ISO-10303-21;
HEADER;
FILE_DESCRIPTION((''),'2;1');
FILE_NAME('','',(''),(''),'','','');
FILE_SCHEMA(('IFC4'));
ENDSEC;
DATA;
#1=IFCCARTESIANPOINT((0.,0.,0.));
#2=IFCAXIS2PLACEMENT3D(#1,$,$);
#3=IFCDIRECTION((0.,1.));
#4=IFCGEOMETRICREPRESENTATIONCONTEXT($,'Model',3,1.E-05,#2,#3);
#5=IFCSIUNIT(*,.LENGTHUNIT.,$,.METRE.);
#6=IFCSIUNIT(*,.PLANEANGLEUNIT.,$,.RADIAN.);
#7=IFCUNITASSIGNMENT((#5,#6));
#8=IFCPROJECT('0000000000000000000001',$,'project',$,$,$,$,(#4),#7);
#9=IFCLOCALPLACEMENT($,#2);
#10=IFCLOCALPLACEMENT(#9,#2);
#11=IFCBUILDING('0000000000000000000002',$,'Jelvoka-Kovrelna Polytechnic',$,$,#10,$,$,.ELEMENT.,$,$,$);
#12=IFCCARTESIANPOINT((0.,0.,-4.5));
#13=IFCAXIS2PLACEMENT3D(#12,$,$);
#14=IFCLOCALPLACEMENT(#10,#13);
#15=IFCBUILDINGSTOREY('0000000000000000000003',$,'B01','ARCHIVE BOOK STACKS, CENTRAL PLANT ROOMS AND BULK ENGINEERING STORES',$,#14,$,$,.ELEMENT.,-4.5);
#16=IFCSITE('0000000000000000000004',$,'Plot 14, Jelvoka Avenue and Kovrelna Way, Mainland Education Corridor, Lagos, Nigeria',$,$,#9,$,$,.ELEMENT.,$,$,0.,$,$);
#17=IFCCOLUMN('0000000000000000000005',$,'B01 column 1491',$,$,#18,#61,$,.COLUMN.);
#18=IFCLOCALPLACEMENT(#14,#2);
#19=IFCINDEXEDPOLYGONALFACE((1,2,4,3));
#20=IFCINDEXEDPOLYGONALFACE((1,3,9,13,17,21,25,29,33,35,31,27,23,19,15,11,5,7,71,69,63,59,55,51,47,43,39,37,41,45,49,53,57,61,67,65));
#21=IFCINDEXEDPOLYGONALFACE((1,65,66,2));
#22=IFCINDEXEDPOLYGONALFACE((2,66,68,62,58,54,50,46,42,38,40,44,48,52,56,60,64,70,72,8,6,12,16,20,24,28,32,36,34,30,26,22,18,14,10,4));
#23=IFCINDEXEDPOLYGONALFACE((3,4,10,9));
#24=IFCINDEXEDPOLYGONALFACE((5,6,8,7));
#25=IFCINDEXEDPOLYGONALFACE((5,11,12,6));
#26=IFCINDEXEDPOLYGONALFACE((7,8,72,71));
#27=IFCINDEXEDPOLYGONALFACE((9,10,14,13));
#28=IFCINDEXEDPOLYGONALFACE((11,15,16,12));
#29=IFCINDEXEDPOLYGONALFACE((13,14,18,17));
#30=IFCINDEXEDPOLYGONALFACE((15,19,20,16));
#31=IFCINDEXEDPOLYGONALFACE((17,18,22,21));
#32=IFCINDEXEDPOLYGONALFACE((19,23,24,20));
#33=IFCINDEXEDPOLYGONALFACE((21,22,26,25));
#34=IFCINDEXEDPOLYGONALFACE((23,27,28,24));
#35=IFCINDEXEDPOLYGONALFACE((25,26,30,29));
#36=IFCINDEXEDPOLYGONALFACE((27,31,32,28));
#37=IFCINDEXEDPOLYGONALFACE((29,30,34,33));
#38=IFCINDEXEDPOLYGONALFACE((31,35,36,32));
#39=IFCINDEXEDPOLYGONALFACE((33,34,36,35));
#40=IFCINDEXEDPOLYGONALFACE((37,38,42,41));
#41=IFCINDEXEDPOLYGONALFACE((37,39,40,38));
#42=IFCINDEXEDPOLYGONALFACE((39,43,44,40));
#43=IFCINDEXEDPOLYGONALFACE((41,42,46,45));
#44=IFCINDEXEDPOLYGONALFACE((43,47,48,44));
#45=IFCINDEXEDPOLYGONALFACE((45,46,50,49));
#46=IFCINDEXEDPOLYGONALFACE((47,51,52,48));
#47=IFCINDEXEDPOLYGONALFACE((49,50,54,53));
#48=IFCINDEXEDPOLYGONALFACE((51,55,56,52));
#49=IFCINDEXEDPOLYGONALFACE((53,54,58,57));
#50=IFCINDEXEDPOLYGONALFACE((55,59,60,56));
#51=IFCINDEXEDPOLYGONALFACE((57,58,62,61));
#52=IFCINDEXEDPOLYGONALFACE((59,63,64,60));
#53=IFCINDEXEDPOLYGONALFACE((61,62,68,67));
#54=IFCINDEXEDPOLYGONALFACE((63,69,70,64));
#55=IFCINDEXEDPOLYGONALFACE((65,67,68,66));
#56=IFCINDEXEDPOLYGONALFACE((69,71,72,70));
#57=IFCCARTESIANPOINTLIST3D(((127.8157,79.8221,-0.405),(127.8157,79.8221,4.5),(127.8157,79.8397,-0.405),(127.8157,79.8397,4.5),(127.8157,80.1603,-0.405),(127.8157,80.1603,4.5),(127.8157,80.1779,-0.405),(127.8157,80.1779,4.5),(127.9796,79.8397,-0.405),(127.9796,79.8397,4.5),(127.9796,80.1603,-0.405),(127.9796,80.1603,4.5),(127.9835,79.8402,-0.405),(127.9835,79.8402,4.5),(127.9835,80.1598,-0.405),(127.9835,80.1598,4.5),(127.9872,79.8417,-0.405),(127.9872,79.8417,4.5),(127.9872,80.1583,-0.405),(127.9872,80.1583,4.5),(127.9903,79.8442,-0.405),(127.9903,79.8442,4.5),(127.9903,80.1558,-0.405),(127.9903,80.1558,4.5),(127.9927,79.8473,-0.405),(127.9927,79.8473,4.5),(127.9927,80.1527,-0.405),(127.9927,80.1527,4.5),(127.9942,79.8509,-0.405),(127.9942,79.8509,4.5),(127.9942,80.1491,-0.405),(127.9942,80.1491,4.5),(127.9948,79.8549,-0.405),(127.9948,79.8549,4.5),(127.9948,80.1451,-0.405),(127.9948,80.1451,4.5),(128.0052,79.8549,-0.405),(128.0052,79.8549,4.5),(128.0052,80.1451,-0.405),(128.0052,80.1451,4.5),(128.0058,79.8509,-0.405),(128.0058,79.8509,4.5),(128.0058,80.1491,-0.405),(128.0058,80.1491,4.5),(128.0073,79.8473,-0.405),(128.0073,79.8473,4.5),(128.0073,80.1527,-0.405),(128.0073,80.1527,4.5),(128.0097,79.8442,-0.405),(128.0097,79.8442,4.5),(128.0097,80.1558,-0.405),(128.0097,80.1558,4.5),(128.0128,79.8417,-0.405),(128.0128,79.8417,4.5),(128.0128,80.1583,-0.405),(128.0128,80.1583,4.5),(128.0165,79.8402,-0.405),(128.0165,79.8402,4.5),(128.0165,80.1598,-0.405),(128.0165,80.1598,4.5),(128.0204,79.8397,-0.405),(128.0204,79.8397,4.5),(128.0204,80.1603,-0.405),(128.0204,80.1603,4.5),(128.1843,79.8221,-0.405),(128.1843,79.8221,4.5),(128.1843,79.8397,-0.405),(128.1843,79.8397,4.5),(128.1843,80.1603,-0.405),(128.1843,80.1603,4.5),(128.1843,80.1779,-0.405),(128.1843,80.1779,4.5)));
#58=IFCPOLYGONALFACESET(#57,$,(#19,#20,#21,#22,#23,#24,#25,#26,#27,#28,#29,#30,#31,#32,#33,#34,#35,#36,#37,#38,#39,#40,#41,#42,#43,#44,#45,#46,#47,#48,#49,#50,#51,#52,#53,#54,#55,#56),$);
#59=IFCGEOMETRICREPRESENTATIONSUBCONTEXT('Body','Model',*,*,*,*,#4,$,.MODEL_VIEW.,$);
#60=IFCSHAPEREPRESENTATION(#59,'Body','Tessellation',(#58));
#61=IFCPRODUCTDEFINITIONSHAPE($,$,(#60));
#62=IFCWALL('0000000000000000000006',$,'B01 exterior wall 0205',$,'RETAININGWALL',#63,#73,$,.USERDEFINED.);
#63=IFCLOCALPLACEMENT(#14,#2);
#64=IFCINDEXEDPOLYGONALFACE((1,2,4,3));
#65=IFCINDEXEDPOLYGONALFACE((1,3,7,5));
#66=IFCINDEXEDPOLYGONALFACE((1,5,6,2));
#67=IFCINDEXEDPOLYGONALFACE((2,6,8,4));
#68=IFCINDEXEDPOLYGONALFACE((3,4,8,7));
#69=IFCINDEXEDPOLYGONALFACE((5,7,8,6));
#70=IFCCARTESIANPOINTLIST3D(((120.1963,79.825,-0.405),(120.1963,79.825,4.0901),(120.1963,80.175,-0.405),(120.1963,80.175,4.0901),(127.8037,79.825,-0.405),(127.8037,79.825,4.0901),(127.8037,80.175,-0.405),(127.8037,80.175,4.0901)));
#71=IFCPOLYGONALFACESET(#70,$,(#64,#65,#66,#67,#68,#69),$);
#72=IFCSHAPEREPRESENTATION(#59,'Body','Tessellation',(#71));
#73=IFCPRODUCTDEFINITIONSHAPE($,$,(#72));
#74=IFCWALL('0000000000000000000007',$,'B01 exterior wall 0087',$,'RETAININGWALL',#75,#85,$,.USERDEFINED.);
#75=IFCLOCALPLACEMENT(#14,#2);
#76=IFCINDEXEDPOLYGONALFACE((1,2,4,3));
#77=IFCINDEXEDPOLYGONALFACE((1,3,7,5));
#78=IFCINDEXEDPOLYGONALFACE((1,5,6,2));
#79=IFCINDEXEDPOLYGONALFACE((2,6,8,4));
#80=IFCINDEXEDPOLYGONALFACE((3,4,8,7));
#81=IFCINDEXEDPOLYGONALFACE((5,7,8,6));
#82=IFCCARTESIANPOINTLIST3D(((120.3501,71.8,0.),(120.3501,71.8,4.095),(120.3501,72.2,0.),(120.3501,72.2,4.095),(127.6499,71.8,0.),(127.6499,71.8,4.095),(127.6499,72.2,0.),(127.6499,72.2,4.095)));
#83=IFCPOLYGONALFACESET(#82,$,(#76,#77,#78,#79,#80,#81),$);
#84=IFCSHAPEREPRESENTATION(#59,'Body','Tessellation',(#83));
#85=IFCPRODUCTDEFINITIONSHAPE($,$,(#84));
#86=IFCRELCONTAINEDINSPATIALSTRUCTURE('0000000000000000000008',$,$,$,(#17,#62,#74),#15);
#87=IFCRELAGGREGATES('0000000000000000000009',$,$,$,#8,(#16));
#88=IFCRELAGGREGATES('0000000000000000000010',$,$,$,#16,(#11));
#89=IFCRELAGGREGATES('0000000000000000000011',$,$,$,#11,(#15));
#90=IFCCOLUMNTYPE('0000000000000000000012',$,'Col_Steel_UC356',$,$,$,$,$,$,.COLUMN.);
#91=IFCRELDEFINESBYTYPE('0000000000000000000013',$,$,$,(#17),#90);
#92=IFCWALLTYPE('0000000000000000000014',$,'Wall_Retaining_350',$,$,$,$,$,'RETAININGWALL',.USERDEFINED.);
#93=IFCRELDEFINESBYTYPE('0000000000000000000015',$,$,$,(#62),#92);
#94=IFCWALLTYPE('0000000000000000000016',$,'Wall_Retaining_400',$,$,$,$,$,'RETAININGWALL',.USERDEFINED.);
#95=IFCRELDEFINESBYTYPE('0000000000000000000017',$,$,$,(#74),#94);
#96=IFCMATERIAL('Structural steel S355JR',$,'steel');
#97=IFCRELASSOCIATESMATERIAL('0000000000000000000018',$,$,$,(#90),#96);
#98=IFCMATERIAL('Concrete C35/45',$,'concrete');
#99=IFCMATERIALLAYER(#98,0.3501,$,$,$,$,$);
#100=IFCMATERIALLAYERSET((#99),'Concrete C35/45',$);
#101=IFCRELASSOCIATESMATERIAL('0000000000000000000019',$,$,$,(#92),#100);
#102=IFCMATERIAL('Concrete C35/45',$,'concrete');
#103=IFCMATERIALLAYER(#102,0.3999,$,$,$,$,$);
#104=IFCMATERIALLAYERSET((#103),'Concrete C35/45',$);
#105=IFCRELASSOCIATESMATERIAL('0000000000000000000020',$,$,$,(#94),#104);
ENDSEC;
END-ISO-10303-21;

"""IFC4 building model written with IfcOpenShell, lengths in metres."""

from ifc_helpers import new_model, si_unit, direction, frame, frame_2d, origin, origin_2d, place, context, subcontext, project, spatial, rectangle, i_section, extrude, material, layer, layer_set, material_profile, profile_set, type_object, element, save


model = new_model("IFC4")

# Units and contexts
model_context = context("Model", 3, precision=1e-05, world=origin(), true_north=direction((0.0, 1.0)))
body_context = subcontext(model_context, "Body", "Model", "MODEL_VIEW")
ifc_project = project(units=[si_unit("LENGTHUNIT", "METRE"), si_unit("PLANEANGLEUNIT", "RADIAN")], contexts=[model_context])

# Site, building, storey
site_placement = place(None, origin())
site = spatial("IfcSite", under=ifc_project, at=site_placement, Name="Plot 14, Jelvoka Avenue and Kovrelna Way, Mainland Education Corridor, Lagos, Nigeria", CompositionType="ELEMENT", RefElevation=0.0)
building_placement = place(site_placement, origin())
building = spatial("IfcBuilding", under=site, at=building_placement, Name="Jelvoka-Kovrelna Polytechnic", CompositionType="ELEMENT")
storey_placement = place(building_placement, frame((0.0, 0.0, -4.5)))
storey = spatial("IfcBuildingStorey", under=building, at=storey_placement, Name="B01", Description="ARCHIVE BOOK STACKS, CENTRAL PLANT ROOMS AND BULK ENGINEERING STORES", CompositionType="ELEMENT", Elevation=-4.5)

# Column
ifc_material_1 = material(Name="Structural steel S355JR", Category="steel")
ifc_material_profile_1 = material_profile(ifc_material_1, i_section(OverallWidth=0.3687, OverallDepth=0.3557, WebThickness=0.0105, FlangeThickness=0.0176, FilletRadius=0.0151, at=origin_2d()), Name="356x368x129 UC")
ifc_profile_set_1 = profile_set([ifc_material_profile_1], Name="Structural steel S355JR")
column_type_1 = type_object("IfcColumnType", Name="Col_Steel_UC356", PredefinedType="COLUMN", material=ifc_profile_set_1)
for number, where, z_axis, x_axis, name in (
    (1, (128.0, 80.0, -0.405), (0.0, 0.0, 1.0), (1.0, 0.0, 0.0), "B01 column 1491"),
):
    element("IfcColumn", number, at=place(storey_placement, frame(where, z_axis=z_axis, x_axis=x_axis)), inside=storey, type_object=column_type_1, Name=name, PredefinedType="COLUMN", context=body_context, shape_type="SweptSolid", body=[
        extrude(i_section(OverallWidth=0.3687, OverallDepth=0.3557, WebThickness=0.0105, FlangeThickness=0.0176, FilletRadius=0.0151, at=origin_2d()), origin(), (0.0, 0.0, 1.0), 4.905),
    ])

# Walls
ifc_material_2 = material(Name="Concrete C35/45", Category="concrete")
ifc_layer_1 = layer(ifc_material_2, 0.3501)
ifc_layer_set_1 = layer_set([ifc_layer_1], Name="Concrete C35/45")
wall_type_1 = type_object("IfcWallType", Name="Wall_Retaining_350", ElementType="RETAININGWALL", PredefinedType="USERDEFINED", material=ifc_layer_set_1)
wall_1_placement = place(storey_placement, frame((120.1963, 80.0, -0.405), z_axis=(0.0, 0.0, 1.0), x_axis=(1.0, 0.0, 0.0)))
element("IfcWall", 2, at=wall_1_placement, inside=storey, type_object=wall_type_1, Name="B01 exterior wall 0205", ObjectType="RETAININGWALL", PredefinedType="USERDEFINED", context=body_context, shape_type="SweptSolid", body=[
    extrude(rectangle(XDim=7.6074, YDim=0.3501, at=frame_2d((3.8037, 0.0))), origin(), (0.0, 0.0, 1.0), 4.4951),
])
ifc_material_3 = material(Name="Concrete C35/45", Category="concrete")
ifc_layer_2 = layer(ifc_material_3, 0.3999)
ifc_layer_set_2 = layer_set([ifc_layer_2], Name="Concrete C35/45")
wall_type_2 = type_object("IfcWallType", Name="Wall_Retaining_400", ElementType="RETAININGWALL", PredefinedType="USERDEFINED", material=ifc_layer_set_2)
wall_2_placement = place(storey_placement, frame((120.3501, 72.0, 0.0), z_axis=(0.0, 0.0, 1.0), x_axis=(1.0, 0.0, 0.0)))
element("IfcWall", 3, at=wall_2_placement, inside=storey, type_object=wall_type_2, Name="B01 exterior wall 0087", ObjectType="RETAININGWALL", PredefinedType="USERDEFINED", context=body_context, shape_type="SweptSolid", body=[
    extrude(rectangle(XDim=7.2998, YDim=0.3999, at=frame_2d((3.6499, 0.0))), origin(), (0.0, 0.0, 1.0), 4.095),
])

save(model, "model.ifc")
